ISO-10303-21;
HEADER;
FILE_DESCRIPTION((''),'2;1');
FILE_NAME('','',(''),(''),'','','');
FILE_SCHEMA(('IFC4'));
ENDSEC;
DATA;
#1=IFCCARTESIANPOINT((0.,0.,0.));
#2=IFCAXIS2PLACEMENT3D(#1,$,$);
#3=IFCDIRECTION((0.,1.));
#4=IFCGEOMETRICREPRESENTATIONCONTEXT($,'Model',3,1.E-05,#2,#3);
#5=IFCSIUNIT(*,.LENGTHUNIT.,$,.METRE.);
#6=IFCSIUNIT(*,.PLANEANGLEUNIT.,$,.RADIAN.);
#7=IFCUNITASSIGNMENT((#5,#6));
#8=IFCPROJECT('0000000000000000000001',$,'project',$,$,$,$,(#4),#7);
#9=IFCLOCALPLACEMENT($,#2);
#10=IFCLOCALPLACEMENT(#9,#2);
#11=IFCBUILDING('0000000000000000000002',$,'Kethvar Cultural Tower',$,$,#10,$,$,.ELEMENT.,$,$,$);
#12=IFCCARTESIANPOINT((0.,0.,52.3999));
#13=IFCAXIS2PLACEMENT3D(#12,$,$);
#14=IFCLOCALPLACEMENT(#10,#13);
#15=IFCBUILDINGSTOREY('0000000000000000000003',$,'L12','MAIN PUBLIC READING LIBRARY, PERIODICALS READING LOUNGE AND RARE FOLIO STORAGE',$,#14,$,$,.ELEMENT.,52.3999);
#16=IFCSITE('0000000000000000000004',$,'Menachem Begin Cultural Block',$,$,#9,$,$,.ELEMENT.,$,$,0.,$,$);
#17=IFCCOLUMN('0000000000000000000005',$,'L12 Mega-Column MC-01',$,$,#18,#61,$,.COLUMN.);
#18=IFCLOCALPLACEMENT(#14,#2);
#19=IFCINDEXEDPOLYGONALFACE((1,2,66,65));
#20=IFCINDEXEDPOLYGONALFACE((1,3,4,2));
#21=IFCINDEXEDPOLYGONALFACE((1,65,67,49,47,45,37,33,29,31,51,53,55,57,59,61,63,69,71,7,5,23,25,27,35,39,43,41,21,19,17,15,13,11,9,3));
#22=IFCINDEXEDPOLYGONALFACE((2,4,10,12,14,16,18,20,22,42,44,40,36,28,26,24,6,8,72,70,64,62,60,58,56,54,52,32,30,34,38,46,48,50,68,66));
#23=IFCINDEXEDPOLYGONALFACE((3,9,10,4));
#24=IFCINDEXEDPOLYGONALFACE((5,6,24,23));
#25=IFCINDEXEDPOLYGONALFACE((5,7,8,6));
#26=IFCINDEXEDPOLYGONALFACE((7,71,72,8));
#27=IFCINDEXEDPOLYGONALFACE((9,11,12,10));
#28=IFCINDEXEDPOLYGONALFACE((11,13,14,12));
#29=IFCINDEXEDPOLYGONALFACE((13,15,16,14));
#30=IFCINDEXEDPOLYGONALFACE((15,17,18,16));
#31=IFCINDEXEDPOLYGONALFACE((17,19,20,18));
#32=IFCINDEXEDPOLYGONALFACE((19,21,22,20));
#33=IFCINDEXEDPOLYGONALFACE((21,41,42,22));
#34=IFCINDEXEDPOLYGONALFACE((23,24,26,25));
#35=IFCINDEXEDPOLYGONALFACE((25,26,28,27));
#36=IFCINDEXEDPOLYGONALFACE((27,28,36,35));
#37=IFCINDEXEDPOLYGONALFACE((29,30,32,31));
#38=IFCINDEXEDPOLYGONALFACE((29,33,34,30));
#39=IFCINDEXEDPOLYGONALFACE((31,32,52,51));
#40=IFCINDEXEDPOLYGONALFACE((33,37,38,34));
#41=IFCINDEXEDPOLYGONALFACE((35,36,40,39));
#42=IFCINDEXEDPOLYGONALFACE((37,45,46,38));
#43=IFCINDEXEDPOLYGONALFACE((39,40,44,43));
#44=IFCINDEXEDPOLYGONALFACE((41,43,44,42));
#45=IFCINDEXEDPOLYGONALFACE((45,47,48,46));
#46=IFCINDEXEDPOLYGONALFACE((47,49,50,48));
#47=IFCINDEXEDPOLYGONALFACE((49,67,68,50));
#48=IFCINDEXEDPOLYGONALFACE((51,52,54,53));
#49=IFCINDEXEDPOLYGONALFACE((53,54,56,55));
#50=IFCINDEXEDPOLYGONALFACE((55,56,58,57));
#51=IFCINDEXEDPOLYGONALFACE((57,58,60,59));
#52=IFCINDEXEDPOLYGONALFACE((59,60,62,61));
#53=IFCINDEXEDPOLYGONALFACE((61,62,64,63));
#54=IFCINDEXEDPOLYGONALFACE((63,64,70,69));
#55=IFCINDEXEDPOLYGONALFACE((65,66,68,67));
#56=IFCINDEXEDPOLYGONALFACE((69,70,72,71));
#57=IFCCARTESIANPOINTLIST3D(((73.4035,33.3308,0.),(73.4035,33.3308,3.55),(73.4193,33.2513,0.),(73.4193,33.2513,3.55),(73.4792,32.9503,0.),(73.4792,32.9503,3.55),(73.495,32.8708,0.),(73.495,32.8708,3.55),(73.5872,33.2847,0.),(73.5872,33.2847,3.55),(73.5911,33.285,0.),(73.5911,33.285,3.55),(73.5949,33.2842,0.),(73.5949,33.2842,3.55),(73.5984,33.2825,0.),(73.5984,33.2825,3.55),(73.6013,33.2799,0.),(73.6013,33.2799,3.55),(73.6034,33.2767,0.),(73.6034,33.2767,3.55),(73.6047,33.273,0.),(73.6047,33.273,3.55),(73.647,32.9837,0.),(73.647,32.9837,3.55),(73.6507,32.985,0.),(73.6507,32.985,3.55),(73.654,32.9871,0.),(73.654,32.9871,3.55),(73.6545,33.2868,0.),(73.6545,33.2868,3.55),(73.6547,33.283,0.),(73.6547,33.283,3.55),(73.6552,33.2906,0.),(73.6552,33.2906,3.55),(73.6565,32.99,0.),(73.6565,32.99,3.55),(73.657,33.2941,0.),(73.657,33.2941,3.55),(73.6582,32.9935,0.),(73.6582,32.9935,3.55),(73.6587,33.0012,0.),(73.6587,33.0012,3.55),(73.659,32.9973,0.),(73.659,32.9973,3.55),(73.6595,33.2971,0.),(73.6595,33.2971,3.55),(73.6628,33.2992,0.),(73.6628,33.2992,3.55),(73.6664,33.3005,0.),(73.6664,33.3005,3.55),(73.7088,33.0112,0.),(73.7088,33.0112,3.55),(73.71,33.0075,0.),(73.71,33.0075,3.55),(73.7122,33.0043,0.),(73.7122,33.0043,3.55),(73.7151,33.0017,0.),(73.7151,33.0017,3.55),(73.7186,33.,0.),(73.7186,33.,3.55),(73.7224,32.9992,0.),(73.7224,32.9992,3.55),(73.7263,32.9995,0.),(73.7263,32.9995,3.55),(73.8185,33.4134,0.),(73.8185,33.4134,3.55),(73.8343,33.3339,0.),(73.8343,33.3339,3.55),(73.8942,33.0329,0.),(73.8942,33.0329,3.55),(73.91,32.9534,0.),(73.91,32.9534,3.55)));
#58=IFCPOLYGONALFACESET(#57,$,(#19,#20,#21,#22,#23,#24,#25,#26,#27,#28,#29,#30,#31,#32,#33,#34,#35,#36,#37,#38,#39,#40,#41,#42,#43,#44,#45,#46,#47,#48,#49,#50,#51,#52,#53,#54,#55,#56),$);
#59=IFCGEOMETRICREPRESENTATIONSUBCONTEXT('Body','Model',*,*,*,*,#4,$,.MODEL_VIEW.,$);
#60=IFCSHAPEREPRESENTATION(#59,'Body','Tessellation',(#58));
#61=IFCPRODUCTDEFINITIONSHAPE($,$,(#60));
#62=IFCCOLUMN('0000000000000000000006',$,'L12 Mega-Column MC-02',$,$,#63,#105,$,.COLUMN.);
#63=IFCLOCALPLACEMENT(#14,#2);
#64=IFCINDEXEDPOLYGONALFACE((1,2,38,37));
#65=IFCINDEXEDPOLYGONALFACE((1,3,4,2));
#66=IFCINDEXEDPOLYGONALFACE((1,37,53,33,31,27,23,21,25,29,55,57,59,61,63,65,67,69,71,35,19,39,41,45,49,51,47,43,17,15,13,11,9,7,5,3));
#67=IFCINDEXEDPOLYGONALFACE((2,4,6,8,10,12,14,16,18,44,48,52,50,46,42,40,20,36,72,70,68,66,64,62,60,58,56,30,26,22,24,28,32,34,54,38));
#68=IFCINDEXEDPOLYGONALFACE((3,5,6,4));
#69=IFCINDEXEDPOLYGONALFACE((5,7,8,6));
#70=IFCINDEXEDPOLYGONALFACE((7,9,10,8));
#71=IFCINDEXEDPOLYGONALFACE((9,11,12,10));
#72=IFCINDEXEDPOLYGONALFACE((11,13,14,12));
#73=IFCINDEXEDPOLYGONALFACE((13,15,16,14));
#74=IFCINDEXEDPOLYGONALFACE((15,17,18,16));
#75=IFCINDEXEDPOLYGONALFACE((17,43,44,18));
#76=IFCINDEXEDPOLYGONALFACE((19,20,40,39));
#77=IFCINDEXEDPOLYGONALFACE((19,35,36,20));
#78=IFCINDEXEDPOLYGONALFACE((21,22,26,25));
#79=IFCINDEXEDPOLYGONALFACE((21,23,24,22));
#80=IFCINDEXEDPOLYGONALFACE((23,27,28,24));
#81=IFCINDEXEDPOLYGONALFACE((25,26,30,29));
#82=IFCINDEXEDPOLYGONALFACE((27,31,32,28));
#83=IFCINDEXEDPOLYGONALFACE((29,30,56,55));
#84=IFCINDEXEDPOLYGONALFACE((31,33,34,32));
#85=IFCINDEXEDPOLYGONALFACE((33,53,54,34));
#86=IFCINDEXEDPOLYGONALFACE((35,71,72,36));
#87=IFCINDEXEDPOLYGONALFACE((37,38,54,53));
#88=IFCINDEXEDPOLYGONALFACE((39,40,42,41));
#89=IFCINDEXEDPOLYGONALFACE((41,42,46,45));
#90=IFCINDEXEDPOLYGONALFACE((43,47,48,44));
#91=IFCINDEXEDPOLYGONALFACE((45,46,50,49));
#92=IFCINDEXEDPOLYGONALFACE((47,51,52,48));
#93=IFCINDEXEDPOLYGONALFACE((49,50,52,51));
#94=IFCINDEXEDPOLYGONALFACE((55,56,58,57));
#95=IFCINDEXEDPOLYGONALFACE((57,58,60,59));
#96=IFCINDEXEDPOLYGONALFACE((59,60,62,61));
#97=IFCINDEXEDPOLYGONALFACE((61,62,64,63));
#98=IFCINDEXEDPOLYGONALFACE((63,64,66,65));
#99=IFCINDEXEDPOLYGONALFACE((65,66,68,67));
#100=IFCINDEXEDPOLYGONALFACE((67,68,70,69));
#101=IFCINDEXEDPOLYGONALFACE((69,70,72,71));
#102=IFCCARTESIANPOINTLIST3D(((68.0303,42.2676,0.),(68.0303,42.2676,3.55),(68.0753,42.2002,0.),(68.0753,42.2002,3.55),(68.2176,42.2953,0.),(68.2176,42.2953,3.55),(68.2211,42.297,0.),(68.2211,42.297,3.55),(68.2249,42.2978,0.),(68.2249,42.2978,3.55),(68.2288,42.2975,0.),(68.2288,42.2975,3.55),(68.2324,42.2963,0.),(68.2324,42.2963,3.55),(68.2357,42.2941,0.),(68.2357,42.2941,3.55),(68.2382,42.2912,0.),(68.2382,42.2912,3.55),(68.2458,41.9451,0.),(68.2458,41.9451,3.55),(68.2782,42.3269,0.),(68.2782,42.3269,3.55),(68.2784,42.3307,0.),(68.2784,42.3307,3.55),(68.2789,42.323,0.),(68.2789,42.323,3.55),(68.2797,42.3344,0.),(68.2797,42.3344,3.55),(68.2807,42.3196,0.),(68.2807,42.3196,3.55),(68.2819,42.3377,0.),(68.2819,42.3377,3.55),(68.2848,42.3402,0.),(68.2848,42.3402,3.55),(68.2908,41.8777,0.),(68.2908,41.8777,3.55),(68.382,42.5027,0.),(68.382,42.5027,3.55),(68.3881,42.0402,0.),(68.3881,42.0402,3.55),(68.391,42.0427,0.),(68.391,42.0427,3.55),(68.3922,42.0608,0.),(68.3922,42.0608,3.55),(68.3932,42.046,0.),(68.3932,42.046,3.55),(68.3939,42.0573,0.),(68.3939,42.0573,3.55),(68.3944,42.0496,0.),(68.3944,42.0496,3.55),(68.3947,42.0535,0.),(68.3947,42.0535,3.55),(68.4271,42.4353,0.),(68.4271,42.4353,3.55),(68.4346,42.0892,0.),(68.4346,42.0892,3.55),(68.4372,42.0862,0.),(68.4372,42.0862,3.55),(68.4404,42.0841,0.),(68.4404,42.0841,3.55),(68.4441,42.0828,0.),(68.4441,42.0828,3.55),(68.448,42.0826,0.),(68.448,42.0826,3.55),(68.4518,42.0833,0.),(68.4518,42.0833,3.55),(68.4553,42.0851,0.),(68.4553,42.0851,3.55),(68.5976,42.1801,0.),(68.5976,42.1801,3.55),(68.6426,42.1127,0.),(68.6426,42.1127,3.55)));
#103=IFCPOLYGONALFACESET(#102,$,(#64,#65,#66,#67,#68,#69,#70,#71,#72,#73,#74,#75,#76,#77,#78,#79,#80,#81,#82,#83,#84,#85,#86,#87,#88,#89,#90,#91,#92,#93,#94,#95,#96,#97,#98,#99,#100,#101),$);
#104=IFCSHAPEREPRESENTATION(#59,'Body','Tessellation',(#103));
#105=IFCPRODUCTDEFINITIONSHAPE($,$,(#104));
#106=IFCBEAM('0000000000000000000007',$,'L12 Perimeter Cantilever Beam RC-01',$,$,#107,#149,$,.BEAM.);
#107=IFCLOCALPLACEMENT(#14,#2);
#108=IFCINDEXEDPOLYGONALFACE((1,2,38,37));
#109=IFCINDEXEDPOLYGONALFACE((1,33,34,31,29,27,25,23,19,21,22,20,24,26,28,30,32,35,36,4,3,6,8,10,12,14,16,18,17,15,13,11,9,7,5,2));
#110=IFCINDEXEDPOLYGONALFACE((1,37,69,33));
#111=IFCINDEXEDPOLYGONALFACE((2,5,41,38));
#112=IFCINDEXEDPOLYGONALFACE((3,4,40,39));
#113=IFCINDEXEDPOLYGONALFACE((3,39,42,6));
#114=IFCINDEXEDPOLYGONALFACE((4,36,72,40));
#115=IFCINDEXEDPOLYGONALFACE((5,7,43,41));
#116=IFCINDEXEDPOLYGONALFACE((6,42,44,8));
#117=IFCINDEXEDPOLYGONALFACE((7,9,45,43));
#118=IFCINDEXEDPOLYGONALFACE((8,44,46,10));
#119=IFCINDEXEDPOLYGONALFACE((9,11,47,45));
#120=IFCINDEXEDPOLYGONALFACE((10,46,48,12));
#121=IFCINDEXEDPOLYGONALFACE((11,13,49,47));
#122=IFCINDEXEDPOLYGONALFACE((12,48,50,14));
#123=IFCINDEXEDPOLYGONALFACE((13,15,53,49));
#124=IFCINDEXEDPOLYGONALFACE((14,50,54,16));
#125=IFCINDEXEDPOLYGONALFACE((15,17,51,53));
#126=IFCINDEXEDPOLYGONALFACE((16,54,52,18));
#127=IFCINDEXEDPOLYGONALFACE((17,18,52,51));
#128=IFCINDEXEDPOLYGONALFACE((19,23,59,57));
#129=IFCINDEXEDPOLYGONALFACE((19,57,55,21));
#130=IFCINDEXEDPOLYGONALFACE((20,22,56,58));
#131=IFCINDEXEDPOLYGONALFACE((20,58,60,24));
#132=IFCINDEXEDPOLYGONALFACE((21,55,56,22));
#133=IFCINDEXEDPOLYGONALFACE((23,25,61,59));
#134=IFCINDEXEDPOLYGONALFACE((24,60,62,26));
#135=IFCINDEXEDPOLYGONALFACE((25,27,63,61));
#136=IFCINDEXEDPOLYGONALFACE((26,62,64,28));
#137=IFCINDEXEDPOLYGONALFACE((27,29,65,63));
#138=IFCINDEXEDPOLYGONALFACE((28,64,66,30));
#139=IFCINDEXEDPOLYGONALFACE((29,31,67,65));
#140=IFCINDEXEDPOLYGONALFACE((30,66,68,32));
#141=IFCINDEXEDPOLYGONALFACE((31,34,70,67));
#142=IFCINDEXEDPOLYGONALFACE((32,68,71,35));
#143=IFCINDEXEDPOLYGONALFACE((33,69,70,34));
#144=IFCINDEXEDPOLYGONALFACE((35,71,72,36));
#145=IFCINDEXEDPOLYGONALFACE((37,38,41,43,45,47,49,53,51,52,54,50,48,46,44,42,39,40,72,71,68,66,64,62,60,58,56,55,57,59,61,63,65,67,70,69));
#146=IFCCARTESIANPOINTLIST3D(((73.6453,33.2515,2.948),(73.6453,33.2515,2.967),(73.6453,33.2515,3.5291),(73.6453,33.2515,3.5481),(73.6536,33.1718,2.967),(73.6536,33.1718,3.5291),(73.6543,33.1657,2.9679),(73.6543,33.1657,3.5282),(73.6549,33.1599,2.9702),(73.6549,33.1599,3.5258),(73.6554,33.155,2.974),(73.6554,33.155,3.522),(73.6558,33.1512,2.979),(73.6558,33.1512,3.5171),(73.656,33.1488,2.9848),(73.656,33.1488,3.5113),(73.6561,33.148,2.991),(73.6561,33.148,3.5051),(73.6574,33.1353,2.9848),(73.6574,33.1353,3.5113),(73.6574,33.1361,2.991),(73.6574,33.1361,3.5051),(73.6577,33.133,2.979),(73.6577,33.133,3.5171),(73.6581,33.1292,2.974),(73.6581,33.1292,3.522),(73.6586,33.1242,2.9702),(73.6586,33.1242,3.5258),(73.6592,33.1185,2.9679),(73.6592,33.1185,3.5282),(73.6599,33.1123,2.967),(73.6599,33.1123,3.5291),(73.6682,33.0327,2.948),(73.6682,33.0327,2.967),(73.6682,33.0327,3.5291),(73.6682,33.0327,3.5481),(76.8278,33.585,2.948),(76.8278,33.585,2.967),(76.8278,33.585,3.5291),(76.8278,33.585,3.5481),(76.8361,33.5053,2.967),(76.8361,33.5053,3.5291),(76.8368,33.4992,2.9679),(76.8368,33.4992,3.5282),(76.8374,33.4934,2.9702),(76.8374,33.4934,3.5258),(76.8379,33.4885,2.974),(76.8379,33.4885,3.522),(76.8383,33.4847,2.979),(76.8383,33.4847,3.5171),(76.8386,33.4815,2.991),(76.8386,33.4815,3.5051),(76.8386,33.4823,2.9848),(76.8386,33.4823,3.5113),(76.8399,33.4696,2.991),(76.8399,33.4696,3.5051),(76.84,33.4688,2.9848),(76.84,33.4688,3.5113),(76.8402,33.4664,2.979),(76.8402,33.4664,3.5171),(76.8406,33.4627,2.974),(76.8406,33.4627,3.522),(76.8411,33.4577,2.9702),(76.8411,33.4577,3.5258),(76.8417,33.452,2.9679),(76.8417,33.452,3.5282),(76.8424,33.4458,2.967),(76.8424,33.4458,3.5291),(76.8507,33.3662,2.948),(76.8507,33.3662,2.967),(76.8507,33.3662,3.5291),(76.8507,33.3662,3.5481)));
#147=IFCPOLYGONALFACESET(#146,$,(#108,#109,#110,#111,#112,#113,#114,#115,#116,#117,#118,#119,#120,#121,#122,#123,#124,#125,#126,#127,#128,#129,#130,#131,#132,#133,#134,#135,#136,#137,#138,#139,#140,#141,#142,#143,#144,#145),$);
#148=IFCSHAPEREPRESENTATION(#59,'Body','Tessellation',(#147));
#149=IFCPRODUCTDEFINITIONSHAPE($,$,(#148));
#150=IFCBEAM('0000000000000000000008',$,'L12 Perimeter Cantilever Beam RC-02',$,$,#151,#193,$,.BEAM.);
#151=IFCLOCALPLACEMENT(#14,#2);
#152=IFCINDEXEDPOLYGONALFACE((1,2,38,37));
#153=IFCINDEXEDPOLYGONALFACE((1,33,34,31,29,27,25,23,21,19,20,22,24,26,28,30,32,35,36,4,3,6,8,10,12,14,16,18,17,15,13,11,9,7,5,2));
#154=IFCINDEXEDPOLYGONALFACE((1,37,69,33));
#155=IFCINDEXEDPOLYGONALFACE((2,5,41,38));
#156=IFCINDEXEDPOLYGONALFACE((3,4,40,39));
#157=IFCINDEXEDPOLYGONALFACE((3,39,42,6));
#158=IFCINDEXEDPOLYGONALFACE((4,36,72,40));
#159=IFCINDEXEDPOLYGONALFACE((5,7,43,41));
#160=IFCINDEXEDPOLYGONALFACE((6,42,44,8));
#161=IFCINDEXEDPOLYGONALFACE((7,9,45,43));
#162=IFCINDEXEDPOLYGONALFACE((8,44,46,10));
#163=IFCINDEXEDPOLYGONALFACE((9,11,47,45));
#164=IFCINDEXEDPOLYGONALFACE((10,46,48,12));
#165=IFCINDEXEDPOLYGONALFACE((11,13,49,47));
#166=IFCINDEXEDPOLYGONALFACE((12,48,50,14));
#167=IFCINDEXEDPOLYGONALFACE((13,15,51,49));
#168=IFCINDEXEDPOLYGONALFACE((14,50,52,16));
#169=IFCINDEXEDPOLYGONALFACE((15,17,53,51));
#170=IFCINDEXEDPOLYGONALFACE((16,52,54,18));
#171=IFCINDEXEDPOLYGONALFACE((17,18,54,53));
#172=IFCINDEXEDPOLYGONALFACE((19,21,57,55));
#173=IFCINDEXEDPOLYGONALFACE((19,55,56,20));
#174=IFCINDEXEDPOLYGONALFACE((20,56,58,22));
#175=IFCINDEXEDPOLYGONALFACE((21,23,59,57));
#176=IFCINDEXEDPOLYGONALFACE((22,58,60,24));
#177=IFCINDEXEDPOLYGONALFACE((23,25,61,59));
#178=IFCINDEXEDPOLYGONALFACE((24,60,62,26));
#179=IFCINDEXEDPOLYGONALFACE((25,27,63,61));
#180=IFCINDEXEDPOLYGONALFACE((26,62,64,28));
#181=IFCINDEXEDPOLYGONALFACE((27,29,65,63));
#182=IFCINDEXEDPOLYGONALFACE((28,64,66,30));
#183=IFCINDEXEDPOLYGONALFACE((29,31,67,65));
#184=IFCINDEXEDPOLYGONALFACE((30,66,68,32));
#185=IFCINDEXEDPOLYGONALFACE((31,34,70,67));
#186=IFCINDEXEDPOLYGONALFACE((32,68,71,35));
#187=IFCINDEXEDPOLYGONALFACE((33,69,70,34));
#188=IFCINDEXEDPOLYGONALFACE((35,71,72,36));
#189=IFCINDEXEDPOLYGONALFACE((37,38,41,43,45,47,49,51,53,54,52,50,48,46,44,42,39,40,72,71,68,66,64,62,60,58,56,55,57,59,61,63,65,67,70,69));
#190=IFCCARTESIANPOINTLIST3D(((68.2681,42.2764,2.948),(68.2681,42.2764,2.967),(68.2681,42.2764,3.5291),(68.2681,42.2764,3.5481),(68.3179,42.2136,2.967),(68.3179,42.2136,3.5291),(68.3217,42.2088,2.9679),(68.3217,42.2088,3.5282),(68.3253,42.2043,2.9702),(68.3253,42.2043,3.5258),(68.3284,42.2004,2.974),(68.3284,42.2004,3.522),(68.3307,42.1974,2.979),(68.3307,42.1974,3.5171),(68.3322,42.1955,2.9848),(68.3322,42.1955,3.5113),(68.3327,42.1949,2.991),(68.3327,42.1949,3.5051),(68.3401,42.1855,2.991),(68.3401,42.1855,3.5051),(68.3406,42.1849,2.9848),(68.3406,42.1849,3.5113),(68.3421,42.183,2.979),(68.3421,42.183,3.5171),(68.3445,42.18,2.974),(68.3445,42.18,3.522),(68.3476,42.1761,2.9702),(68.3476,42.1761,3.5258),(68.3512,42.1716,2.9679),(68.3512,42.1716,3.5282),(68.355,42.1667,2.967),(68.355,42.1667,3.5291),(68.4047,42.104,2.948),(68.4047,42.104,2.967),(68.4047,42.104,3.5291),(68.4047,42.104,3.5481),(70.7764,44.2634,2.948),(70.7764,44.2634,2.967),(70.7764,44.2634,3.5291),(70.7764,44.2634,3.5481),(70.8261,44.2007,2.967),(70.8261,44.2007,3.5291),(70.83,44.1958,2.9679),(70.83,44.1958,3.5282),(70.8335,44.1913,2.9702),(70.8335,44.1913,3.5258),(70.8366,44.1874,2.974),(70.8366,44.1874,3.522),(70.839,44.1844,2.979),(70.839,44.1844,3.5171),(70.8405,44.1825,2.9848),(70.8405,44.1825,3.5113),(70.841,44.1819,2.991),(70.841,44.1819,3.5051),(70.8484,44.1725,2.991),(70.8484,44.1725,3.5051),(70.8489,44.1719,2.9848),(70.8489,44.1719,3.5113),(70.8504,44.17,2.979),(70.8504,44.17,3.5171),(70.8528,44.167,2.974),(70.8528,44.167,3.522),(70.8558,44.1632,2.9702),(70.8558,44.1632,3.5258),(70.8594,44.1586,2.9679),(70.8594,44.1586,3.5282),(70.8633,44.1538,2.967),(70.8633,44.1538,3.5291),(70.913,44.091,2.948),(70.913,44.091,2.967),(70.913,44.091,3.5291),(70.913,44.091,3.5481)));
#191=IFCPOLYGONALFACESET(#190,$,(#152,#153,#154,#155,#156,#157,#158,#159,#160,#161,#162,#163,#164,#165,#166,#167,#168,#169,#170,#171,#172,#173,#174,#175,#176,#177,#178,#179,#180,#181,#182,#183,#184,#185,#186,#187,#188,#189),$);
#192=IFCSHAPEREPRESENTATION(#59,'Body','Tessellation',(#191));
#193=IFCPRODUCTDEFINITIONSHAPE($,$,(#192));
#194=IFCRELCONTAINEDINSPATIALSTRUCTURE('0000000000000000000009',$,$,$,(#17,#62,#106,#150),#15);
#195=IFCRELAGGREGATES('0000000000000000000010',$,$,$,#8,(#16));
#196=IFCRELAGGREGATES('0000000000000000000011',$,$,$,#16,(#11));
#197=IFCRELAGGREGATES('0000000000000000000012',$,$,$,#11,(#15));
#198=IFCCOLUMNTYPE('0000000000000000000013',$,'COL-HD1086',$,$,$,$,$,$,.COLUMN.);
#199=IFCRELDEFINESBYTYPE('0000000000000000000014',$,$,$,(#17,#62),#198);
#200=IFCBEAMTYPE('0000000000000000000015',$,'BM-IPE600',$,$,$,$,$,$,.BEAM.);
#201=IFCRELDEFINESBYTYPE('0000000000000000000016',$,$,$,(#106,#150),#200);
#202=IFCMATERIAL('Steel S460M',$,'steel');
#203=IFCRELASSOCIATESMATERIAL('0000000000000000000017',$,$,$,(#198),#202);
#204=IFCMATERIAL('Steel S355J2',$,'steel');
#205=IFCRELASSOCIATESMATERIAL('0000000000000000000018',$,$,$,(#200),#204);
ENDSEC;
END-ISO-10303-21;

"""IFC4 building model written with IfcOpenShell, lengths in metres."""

from ifc_helpers import new_model, si_unit, direction, frame, origin, origin_2d, place, context, subcontext, project, spatial, i_section, extrude, source, transform, mapped, material, material_profile, profile_set, type_object, element, save


model = new_model("IFC4")

# Units and contexts
model_context = context("Model", 3, precision=1e-05, world=origin(), true_north=direction((0.0, 1.0)))
body_context = subcontext(model_context, "Body", "Model", "MODEL_VIEW")
ifc_project = project(units=[si_unit("LENGTHUNIT", "METRE"), si_unit("PLANEANGLEUNIT", "RADIAN")], contexts=[model_context])

# Site, building, storey
site_placement = place(None, origin())
site = spatial("IfcSite", under=ifc_project, at=site_placement, Name="Menachem Begin Cultural Block", CompositionType="ELEMENT", RefElevation=0.0)
building_placement = place(site_placement, origin())
building = spatial("IfcBuilding", under=site, at=building_placement, Name="Kethvar Cultural Tower", CompositionType="ELEMENT")
storey_placement = place(building_placement, frame((0.0, 0.0, 52.3999)))
storey = spatial("IfcBuildingStorey", under=building, at=storey_placement, Name="L12", Description="MAIN PUBLIC READING LIBRARY, PERIODICALS READING LOUNGE AND RARE FOLIO STORAGE", CompositionType="ELEMENT", Elevation=52.3999)

# Columns
ifc_material_1 = material(Name="Steel S460M", Category="steel")
ifc_material_profile_1 = material_profile(ifc_material_1, i_section(OverallWidth=0.4231, OverallDepth=0.469, WebThickness=0.051, FlangeThickness=0.0811, FilletRadius=0.0149, at=origin_2d()), Name="Steel S460M — HD400x1086")
ifc_profile_set_1 = profile_set([ifc_material_profile_1], Name="Steel S460M — HD400x1086")
column_type = type_object("IfcColumnType", Name="COL-HD1086", PredefinedType="COLUMN", material=ifc_profile_set_1)
shared_shape_1 = source(origin(), body_context, "Body", "SweptSolid", [
    extrude(i_section(OverallWidth=0.4231, OverallDepth=0.469, WebThickness=0.051, FlangeThickness=0.0811, FilletRadius=0.0149, at=origin_2d()), origin(), (0.0, 0.0, 1.0), 3.55),
])
for number, where, z_axis, x_axis, name in (
    (1, (73.6567, 33.1421, 0.0), (0.0, 0.0, 1.0), (0.980785, 0.19509, 0.0), "L12 Mega-Column MC-01"),
    (2, (68.3364, 42.1902, 0.0), (0.0, 0.0, 1.0), (0.83147, 0.55557, 0.0), "L12 Mega-Column MC-02"),
):
    element("IfcColumn", number, at=place(storey_placement, frame(where, z_axis=z_axis, x_axis=x_axis)), inside=storey, type_object=column_type, Name=name, PredefinedType="COLUMN", context=body_context, shape_type="MappedRepresentation", body=[
        mapped(shared_shape_1, transform((0.0, 0.0, 0.0), scale=1.0)),
    ])

# Beams
ifc_material_2 = material(Name="Steel S355J2", Category="steel")
ifc_material_profile_2 = material_profile(ifc_material_2, i_section(OverallWidth=0.22, OverallDepth=0.6001, WebThickness=0.012, FlangeThickness=0.019, FilletRadius=0.0239, at=origin_2d()), Name="Steel S355J2 — IPE600")
ifc_profile_set_2 = profile_set([ifc_material_profile_2], Name="Steel S355J2 — IPE600")
beam_type_1 = type_object("IfcBeamType", Name="BM-IPE600", PredefinedType="BEAM", material=ifc_profile_set_2)
shared_shape_2 = source(origin(), body_context, "Body", "SweptSolid", [
    extrude(i_section(OverallWidth=0.22, OverallDepth=0.6001, WebThickness=0.012, FlangeThickness=0.019, FilletRadius=0.0239, at=origin_2d()), origin(), (0.0, 0.0, 1.0), 3.2),
])
for number, where, z_axis, x_axis, name in (
    (3, (73.6567, 33.1421, 3.248), (0.994555, 0.104216, 0.0), (-0.104216, 0.994555, 0.0), "L12 Perimeter Cantilever Beam RC-01"),
    (4, (68.3364, 42.1902, 3.248), (0.783845, 0.620957, 0.0), (-0.620957, 0.783845, 0.0), "L12 Perimeter Cantilever Beam RC-02"),
):
    element("IfcBeam", number, at=place(storey_placement, frame(where, z_axis=z_axis, x_axis=x_axis)), inside=storey, type_object=beam_type_1, Name=name, PredefinedType="BEAM", context=body_context, shape_type="MappedRepresentation", body=[
        mapped(shared_shape_2, transform((0.0, 0.0, 0.0), scale=1.0)),
    ])

save(model, "model.ifc")
